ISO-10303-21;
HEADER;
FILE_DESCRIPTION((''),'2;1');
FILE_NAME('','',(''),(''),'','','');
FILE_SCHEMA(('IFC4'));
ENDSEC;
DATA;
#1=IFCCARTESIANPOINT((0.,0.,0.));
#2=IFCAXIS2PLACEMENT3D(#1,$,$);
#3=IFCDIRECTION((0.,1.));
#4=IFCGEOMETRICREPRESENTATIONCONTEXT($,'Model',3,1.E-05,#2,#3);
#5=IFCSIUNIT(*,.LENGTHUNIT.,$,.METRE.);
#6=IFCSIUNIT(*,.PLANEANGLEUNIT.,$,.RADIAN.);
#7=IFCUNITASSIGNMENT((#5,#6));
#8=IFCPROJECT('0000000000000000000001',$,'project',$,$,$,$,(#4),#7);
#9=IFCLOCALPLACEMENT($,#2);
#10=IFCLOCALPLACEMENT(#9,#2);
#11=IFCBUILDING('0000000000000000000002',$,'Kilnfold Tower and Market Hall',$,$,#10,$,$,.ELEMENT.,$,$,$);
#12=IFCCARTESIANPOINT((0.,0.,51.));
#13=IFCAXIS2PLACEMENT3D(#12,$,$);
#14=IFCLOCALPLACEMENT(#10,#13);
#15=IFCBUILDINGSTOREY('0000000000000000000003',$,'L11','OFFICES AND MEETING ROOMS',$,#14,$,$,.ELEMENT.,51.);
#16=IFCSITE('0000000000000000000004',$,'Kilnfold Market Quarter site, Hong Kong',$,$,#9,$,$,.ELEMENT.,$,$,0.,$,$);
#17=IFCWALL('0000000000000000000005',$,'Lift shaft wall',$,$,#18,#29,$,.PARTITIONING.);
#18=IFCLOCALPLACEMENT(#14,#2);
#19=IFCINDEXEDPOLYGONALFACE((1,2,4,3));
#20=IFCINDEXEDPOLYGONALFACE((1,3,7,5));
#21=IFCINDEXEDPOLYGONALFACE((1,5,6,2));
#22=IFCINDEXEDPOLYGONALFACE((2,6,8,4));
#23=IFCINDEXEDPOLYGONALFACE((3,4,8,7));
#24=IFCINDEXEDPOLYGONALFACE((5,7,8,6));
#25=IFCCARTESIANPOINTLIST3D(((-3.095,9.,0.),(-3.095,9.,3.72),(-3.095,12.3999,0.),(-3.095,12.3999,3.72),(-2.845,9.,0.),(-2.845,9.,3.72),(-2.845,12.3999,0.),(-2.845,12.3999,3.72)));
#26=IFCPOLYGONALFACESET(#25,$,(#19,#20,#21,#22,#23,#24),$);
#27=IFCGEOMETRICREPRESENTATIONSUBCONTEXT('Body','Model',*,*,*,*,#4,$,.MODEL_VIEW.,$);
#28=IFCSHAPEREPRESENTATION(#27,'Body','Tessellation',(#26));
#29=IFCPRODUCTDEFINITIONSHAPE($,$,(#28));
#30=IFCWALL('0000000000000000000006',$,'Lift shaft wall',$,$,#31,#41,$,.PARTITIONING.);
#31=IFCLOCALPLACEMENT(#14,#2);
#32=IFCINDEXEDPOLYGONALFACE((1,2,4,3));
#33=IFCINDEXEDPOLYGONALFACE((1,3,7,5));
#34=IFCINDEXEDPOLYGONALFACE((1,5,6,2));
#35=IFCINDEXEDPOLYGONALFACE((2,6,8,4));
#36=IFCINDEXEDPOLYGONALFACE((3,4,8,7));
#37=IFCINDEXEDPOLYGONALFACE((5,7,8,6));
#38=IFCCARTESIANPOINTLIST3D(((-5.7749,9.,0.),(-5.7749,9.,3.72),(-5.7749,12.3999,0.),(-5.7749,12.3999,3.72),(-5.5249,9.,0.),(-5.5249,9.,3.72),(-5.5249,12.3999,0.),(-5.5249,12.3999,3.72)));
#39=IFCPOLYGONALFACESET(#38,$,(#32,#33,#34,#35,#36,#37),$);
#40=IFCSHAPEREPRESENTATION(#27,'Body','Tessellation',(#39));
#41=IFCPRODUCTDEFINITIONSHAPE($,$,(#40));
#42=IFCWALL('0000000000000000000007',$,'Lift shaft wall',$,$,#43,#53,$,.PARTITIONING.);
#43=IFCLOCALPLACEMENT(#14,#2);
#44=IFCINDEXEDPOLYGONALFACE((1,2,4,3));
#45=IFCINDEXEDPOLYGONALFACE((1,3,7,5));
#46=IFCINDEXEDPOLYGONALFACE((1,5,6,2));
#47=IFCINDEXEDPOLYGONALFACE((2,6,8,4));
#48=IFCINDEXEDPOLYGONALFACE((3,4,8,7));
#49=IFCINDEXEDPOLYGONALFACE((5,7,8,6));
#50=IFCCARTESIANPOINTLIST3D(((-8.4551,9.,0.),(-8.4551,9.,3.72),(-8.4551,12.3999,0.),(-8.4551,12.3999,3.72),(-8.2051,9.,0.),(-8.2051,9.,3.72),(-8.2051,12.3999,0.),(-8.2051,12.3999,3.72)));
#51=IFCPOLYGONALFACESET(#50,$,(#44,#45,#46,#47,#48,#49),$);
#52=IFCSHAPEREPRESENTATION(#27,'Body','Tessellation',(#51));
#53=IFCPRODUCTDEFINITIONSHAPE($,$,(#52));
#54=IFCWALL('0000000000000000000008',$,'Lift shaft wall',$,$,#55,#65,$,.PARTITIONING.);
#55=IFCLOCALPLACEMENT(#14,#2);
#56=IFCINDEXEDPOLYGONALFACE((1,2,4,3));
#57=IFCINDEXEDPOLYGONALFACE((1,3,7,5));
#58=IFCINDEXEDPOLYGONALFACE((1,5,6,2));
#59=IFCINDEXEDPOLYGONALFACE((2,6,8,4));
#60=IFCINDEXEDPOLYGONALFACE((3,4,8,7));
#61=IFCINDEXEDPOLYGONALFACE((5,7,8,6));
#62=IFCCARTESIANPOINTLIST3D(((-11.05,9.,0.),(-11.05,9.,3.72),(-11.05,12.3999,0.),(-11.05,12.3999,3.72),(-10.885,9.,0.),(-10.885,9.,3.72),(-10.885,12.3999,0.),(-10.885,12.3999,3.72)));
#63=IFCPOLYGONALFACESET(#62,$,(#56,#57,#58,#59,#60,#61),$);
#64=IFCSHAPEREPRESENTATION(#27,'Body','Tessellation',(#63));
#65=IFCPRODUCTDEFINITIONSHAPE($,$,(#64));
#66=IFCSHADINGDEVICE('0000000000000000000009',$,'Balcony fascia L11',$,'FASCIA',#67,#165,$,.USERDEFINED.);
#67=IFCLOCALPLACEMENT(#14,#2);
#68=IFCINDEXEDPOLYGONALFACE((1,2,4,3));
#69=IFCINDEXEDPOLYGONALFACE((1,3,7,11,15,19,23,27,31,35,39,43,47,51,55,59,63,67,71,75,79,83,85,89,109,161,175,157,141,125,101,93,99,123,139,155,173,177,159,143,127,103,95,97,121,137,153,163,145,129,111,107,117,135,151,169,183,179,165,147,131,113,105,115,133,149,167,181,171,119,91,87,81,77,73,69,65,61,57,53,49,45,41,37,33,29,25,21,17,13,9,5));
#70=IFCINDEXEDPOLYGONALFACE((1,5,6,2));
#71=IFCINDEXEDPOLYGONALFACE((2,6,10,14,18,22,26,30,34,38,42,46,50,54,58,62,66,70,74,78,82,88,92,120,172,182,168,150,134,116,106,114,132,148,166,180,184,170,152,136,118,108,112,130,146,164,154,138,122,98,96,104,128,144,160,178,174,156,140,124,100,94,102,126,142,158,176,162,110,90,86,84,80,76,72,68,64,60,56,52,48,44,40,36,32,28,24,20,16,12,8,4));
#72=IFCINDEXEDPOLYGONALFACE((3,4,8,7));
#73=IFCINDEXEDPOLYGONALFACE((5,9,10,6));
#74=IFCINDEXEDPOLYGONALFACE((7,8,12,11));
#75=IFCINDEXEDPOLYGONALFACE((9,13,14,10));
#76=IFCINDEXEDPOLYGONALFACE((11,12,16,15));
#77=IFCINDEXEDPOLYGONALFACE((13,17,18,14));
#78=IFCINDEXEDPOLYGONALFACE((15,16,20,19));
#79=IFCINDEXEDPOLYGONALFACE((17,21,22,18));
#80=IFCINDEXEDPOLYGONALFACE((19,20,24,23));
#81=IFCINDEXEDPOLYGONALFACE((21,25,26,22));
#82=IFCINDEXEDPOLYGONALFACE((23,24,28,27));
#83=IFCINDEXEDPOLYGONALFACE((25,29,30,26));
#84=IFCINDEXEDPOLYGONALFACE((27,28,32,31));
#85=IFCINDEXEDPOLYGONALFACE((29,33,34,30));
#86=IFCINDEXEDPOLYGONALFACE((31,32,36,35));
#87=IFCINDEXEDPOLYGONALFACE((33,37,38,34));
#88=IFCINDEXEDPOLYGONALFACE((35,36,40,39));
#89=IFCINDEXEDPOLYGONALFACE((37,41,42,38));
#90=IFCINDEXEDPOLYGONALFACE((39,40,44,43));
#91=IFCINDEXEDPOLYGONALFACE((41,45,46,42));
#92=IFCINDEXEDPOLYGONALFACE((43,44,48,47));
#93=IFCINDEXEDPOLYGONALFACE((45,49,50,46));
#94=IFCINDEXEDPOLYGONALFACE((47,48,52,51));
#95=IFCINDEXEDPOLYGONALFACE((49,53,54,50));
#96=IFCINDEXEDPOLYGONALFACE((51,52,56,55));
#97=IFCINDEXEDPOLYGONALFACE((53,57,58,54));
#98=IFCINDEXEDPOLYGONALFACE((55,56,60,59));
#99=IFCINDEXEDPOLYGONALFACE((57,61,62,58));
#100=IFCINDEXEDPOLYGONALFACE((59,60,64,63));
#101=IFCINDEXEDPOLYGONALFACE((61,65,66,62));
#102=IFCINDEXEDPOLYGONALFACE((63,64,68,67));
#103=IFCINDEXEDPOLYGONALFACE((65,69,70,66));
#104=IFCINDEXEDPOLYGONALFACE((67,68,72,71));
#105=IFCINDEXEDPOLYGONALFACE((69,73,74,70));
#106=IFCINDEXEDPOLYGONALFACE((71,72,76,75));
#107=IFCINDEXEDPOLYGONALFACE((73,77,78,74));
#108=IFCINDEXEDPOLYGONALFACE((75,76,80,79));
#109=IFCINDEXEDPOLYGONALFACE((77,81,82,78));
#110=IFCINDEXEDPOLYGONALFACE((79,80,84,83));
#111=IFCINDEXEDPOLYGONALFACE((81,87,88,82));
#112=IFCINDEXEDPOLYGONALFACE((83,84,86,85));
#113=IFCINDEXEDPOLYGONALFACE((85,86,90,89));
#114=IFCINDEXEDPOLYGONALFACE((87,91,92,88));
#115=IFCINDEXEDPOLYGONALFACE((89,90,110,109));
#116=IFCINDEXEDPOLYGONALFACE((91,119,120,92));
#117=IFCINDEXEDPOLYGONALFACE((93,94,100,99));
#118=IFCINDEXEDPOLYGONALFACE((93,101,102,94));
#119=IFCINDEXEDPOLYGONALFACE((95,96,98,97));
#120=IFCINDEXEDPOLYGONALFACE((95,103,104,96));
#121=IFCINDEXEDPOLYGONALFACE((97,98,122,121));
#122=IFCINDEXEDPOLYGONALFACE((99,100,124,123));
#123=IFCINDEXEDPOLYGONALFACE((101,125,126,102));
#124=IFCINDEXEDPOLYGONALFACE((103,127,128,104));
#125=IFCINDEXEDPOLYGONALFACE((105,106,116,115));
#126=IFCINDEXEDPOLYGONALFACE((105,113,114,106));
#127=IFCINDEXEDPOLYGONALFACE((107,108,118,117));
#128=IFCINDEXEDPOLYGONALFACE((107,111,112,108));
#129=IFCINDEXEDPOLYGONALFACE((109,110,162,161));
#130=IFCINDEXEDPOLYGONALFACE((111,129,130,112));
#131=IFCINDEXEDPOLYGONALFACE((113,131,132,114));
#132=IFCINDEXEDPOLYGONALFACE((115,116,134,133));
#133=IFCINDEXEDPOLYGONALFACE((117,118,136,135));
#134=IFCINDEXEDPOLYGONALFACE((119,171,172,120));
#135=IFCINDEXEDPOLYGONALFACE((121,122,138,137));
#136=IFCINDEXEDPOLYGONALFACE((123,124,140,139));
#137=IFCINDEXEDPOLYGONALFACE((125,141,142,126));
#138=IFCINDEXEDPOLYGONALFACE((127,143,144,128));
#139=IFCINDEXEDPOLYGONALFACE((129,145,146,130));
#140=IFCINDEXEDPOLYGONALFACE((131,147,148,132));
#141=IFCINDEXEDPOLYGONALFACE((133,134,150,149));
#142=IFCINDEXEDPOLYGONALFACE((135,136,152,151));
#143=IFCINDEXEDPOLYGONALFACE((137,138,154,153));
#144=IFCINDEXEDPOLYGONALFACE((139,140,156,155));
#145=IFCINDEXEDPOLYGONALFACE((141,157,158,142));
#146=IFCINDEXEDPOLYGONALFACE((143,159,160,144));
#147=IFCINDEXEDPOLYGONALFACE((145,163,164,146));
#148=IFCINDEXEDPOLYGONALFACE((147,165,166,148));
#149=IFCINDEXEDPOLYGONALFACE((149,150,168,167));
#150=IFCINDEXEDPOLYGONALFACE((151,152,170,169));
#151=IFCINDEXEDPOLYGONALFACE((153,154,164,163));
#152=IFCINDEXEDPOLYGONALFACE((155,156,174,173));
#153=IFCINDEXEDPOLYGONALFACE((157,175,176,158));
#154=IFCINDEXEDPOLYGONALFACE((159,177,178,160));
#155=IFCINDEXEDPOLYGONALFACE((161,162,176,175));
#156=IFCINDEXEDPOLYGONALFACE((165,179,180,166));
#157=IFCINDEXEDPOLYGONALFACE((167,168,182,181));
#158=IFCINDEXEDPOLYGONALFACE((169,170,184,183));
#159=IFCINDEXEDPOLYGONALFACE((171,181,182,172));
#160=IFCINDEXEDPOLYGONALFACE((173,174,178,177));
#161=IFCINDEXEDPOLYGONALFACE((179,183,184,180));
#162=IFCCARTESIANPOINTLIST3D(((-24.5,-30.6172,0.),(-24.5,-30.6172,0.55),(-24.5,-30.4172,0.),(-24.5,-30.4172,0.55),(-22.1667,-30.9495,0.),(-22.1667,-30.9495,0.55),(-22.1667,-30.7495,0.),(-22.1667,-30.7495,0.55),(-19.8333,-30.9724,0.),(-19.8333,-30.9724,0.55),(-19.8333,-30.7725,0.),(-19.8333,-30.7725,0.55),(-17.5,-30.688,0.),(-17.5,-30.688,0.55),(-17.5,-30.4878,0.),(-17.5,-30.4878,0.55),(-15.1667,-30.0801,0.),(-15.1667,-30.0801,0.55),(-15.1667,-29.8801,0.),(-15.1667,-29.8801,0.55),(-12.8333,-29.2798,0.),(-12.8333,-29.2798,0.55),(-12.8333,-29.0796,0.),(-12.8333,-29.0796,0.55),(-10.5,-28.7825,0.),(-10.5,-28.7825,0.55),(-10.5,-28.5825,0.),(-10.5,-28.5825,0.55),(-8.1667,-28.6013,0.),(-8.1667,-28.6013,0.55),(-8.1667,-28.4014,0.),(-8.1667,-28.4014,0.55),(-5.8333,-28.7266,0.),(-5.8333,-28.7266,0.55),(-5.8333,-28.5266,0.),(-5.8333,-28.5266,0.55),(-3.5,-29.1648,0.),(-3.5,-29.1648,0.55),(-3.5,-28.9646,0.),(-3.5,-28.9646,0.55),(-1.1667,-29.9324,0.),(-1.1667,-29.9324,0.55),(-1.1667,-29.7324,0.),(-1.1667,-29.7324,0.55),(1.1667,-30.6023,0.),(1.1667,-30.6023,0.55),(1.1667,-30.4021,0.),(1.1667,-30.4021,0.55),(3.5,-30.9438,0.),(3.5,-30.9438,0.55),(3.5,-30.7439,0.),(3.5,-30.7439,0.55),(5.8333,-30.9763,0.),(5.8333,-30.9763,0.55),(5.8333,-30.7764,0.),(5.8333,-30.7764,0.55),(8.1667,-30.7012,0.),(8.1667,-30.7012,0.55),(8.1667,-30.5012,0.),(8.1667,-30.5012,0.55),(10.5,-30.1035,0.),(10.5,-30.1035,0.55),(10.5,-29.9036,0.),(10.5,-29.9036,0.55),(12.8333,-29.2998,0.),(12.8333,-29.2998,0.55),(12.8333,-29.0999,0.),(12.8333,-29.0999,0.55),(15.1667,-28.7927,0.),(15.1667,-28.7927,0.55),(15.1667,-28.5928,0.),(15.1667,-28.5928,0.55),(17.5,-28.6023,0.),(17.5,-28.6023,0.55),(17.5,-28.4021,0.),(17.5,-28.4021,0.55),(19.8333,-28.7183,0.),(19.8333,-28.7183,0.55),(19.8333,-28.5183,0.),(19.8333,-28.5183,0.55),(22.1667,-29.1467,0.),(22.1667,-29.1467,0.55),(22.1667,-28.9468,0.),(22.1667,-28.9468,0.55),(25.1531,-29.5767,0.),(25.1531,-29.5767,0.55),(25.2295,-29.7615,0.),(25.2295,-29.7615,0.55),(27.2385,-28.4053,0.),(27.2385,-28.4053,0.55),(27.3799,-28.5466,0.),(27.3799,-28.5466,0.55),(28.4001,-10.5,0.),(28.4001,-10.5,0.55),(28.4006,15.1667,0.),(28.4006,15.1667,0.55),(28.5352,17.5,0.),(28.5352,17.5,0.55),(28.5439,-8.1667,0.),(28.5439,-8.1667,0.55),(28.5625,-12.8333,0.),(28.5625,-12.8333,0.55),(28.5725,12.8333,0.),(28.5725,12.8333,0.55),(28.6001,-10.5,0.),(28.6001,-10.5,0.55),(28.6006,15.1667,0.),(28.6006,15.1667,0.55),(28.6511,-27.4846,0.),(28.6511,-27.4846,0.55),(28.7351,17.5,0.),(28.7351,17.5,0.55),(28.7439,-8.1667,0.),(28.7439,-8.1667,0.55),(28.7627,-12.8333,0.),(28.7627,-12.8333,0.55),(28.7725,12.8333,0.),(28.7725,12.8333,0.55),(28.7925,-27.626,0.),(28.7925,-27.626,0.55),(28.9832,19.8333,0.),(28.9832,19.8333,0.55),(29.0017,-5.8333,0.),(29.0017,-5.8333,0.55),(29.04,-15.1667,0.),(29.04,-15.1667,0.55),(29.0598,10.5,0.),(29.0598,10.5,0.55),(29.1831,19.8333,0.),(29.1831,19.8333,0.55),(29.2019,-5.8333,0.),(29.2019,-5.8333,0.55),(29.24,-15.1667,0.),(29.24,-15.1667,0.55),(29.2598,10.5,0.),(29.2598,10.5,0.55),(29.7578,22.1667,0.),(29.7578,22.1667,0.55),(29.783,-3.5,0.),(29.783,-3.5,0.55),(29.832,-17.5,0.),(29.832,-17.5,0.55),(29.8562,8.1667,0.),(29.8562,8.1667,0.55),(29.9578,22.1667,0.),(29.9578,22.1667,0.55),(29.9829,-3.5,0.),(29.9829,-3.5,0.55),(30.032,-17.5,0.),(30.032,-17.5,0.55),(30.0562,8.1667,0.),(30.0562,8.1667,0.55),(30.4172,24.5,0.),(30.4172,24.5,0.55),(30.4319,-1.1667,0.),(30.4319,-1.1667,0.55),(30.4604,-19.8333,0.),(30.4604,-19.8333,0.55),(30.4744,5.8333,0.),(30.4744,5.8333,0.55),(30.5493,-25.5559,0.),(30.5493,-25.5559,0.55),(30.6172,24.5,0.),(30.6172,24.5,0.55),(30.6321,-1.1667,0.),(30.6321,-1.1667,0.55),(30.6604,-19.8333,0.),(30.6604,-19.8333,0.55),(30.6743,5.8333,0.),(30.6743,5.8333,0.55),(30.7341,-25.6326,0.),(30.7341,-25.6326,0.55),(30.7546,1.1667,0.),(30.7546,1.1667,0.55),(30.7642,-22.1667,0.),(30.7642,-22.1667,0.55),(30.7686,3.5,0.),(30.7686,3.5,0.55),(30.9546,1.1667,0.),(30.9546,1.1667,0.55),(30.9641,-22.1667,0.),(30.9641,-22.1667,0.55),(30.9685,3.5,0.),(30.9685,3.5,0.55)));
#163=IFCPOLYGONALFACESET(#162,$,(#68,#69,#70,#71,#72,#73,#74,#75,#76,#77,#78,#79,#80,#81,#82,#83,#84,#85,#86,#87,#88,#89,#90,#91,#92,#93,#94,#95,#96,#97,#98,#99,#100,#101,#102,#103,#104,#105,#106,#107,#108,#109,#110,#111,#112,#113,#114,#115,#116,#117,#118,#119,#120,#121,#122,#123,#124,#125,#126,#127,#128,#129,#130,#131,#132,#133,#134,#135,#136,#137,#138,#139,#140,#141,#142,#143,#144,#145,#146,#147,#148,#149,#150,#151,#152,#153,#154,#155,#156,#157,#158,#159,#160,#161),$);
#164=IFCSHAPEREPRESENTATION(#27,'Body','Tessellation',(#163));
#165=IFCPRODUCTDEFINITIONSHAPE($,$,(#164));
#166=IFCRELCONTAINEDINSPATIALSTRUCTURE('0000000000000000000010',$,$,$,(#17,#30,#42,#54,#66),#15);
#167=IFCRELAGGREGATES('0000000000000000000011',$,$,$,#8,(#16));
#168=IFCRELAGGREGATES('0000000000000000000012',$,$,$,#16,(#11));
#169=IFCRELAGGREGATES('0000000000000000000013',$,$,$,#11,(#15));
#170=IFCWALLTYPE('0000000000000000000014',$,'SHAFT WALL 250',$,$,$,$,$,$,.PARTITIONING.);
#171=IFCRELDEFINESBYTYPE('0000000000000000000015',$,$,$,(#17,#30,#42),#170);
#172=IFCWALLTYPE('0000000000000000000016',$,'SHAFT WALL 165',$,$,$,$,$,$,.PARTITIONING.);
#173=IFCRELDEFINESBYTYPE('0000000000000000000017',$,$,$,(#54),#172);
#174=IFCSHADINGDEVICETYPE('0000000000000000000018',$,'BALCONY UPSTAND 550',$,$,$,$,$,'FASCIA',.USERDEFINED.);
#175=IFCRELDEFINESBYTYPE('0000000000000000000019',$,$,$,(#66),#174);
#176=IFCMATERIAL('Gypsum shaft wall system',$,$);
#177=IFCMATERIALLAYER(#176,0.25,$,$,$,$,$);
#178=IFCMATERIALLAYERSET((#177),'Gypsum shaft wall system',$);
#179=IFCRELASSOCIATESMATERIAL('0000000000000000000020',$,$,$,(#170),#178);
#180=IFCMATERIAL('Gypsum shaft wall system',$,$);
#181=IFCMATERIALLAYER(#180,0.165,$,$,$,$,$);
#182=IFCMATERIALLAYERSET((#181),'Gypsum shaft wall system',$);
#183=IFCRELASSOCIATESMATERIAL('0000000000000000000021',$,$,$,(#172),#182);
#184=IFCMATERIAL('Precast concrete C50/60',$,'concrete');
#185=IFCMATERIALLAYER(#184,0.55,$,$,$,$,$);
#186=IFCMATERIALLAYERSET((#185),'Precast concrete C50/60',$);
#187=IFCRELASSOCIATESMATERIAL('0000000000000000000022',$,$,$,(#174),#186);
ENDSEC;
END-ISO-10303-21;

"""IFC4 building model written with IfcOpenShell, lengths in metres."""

from ifc_helpers import new_model, si_unit, direction, frame, frame_2d, origin, place, context, subcontext, project, spatial, polyline, rectangle, outline, extrude, source, transform, mapped, material, layer, layer_set, type_object, element, save


model = new_model("IFC4")

# Units and contexts
model_context = context("Model", 3, precision=1e-05, world=origin(), true_north=direction((0.0, 1.0)))
body_context = subcontext(model_context, "Body", "Model", "MODEL_VIEW")
ifc_project = project(units=[si_unit("LENGTHUNIT", "METRE"), si_unit("PLANEANGLEUNIT", "RADIAN")], contexts=[model_context])

# Site, building, storey
site_placement = place(None, origin())
site = spatial("IfcSite", under=ifc_project, at=site_placement, Name="Kilnfold Market Quarter site, Hong Kong", CompositionType="ELEMENT", RefElevation=0.0)
building_placement = place(site_placement, origin())
building = spatial("IfcBuilding", under=site, at=building_placement, Name="Kilnfold Tower and Market Hall", CompositionType="ELEMENT")
storey_placement = place(building_placement, frame((0.0, 0.0, 51.0)))
storey = spatial("IfcBuildingStorey", under=building, at=storey_placement, Name="L11", Description="OFFICES AND MEETING ROOMS", CompositionType="ELEMENT", Elevation=51.0)

# Walls
ifc_material_1 = material(Name="Gypsum shaft wall system")
ifc_layer_1 = layer(ifc_material_1, 0.25)
ifc_layer_set_1 = layer_set([ifc_layer_1], Name="Gypsum shaft wall system")
wall_type_1 = type_object("IfcWallType", Name="SHAFT WALL 250", PredefinedType="PARTITIONING", material=ifc_layer_set_1)
shared_shape_1 = source(origin(), body_context, "Body", "SweptSolid", [
    extrude(rectangle(XDim=3.3999, YDim=0.25, at=frame_2d((1.7, 0.0))), origin(), (0.0, 0.0, 1.0), 3.72),
])
for number, where, z_axis, x_axis, name in (
    (1, (-2.97, 9.0, 0.0), (0.0, 0.0, 1.0), (0.0, 1.0, 0.0), "Lift shaft wall"),
    (2, (-5.6499, 9.0, 0.0), (0.0, 0.0, 1.0), (0.0, 1.0, 0.0), "Lift shaft wall"),
    (3, (-8.3301, 9.0, 0.0), (0.0, 0.0, 1.0), (0.0, 1.0, 0.0), "Lift shaft wall"),
):
    element("IfcWall", number, at=place(storey_placement, frame(where, z_axis=z_axis, x_axis=x_axis)), inside=storey, type_object=wall_type_1, Name=name, PredefinedType="PARTITIONING", context=body_context, shape_type="MappedRepresentation", body=[
        mapped(shared_shape_1, transform((0.0, 0.0, 0.0))),
    ])
ifc_material_2 = material(Name="Gypsum shaft wall system")
ifc_layer_2 = layer(ifc_material_2, 0.165)
ifc_layer_set_2 = layer_set([ifc_layer_2], Name="Gypsum shaft wall system")
wall_type_2 = type_object("IfcWallType", Name="SHAFT WALL 165", PredefinedType="PARTITIONING", material=ifc_layer_set_2)
shared_shape_2 = source(origin(), body_context, "Body", "SweptSolid", [
    extrude(rectangle(XDim=3.3999, YDim=0.165, at=frame_2d((1.7, 0.0))), origin(), (0.0, 0.0, 1.0), 3.72),
])
wall_1_placement = place(storey_placement, frame((-10.9675, 9.0, 0.0), z_axis=(0.0, 0.0, 1.0), x_axis=(0.0, 1.0, 0.0)))
element("IfcWall", 4, at=wall_1_placement, inside=storey, type_object=wall_type_2, Name="Lift shaft wall", PredefinedType="PARTITIONING", context=body_context, shape_type="MappedRepresentation", body=[
    mapped(shared_shape_2, transform((0.0, 0.0, 0.0))),
])

# Shading device
ifc_material_3 = material(Name="Precast concrete C50/60", Category="concrete")
ifc_layer_3 = layer(ifc_material_3, 0.55)
ifc_layer_set_3 = layer_set([ifc_layer_3], Name="Precast concrete C50/60")
shading_device_type_1 = type_object("IfcShadingDeviceType", Name="BALCONY UPSTAND 550", ElementType="FASCIA", PredefinedType="USERDEFINED", material=ifc_layer_set_3)
shared_shape_3 = source(origin(), body_context, "Body", "SweptSolid", [
    extrude(outline(polyline([(-24.5, -30.6172), (-22.1667, -30.9495), (-19.8333, -30.9724), (-17.5, -30.688), (-15.1667, -30.0801), (-12.8333, -29.2798), (-10.5, -28.7825), (-8.1667, -28.6013), (-5.8333, -28.7266), (-3.5, -29.1648), (-1.1667, -29.9324), (1.1667, -30.6023), (3.5, -30.9438), (5.8333, -30.9763), (8.1667, -30.7012), (10.5, -30.1035), (12.8333, -29.2998), (15.1667, -28.7927), (17.5, -28.6023), (19.8333, -28.7183), (22.1667, -29.1467), (25.2295, -29.7615), (27.3799, -28.5466), (28.7925, -27.626), (30.7341, -25.6326), (30.9641, -22.1667), (30.6604, -19.8333), (30.032, -17.5), (29.24, -15.1667), (28.7627, -12.8333), (28.6001, -10.5), (28.7439, -8.1667), (29.2019, -5.8333), (29.9829, -3.5), (30.6321, -1.1667), (30.9546, 1.1667), (30.9685, 3.5), (30.6743, 5.8333), (30.0562, 8.1667), (29.2598, 10.5), (28.7725, 12.8333), (28.6006, 15.1667), (28.7351, 17.5), (29.1831, 19.8333), (29.9578, 22.1667), (30.6172, 24.5), (30.4172, 24.5), (29.7578, 22.1667), (28.9832, 19.8333), (28.5352, 17.5), (28.4006, 15.1667), (28.5725, 12.8333), (29.0598, 10.5), (29.8562, 8.1667), (30.4744, 5.8333), (30.7686, 3.5), (30.7546, 1.1667), (30.4319, -1.1667), (29.783, -3.5), (29.0017, -5.8333), (28.5439, -8.1667), (28.4001, -10.5), (28.5625, -12.8333), (29.04, -15.1667), (29.832, -17.5), (30.4604, -19.8333), (30.7642, -22.1667), (30.5493, -25.5559), (28.6511, -27.4846), (27.2385, -28.4053), (25.1531, -29.5767), (22.1667, -28.9468), (19.8333, -28.5183), (17.5, -28.4021), (15.1667, -28.5928), (12.8333, -29.0999), (10.5, -29.9036), (8.1667, -30.5012), (5.8333, -30.7764), (3.5, -30.7439), (1.1667, -30.4021), (-1.1667, -29.7324), (-3.5, -28.9646), (-5.8333, -28.5266), (-8.1667, -28.4014), (-10.5, -28.5825), (-12.8333, -29.0796), (-15.1667, -29.8801), (-17.5, -30.4878), (-19.8333, -30.7725), (-22.1667, -30.7495), (-24.5, -30.4172), (-24.5, -30.6172)])), origin(), (0.0, 0.0, 1.0), 0.55),
])
shading_device_1_placement = place(storey_placement, origin())
element("IfcShadingDevice", 5, at=shading_device_1_placement, inside=storey, type_object=shading_device_type_1, Name="Balcony fascia L11", ObjectType="FASCIA", PredefinedType="USERDEFINED", context=body_context, shape_type="MappedRepresentation", body=[
    mapped(shared_shape_3, transform((0.0, 0.0, 0.0))),
])

save(model, "model.ifc")
